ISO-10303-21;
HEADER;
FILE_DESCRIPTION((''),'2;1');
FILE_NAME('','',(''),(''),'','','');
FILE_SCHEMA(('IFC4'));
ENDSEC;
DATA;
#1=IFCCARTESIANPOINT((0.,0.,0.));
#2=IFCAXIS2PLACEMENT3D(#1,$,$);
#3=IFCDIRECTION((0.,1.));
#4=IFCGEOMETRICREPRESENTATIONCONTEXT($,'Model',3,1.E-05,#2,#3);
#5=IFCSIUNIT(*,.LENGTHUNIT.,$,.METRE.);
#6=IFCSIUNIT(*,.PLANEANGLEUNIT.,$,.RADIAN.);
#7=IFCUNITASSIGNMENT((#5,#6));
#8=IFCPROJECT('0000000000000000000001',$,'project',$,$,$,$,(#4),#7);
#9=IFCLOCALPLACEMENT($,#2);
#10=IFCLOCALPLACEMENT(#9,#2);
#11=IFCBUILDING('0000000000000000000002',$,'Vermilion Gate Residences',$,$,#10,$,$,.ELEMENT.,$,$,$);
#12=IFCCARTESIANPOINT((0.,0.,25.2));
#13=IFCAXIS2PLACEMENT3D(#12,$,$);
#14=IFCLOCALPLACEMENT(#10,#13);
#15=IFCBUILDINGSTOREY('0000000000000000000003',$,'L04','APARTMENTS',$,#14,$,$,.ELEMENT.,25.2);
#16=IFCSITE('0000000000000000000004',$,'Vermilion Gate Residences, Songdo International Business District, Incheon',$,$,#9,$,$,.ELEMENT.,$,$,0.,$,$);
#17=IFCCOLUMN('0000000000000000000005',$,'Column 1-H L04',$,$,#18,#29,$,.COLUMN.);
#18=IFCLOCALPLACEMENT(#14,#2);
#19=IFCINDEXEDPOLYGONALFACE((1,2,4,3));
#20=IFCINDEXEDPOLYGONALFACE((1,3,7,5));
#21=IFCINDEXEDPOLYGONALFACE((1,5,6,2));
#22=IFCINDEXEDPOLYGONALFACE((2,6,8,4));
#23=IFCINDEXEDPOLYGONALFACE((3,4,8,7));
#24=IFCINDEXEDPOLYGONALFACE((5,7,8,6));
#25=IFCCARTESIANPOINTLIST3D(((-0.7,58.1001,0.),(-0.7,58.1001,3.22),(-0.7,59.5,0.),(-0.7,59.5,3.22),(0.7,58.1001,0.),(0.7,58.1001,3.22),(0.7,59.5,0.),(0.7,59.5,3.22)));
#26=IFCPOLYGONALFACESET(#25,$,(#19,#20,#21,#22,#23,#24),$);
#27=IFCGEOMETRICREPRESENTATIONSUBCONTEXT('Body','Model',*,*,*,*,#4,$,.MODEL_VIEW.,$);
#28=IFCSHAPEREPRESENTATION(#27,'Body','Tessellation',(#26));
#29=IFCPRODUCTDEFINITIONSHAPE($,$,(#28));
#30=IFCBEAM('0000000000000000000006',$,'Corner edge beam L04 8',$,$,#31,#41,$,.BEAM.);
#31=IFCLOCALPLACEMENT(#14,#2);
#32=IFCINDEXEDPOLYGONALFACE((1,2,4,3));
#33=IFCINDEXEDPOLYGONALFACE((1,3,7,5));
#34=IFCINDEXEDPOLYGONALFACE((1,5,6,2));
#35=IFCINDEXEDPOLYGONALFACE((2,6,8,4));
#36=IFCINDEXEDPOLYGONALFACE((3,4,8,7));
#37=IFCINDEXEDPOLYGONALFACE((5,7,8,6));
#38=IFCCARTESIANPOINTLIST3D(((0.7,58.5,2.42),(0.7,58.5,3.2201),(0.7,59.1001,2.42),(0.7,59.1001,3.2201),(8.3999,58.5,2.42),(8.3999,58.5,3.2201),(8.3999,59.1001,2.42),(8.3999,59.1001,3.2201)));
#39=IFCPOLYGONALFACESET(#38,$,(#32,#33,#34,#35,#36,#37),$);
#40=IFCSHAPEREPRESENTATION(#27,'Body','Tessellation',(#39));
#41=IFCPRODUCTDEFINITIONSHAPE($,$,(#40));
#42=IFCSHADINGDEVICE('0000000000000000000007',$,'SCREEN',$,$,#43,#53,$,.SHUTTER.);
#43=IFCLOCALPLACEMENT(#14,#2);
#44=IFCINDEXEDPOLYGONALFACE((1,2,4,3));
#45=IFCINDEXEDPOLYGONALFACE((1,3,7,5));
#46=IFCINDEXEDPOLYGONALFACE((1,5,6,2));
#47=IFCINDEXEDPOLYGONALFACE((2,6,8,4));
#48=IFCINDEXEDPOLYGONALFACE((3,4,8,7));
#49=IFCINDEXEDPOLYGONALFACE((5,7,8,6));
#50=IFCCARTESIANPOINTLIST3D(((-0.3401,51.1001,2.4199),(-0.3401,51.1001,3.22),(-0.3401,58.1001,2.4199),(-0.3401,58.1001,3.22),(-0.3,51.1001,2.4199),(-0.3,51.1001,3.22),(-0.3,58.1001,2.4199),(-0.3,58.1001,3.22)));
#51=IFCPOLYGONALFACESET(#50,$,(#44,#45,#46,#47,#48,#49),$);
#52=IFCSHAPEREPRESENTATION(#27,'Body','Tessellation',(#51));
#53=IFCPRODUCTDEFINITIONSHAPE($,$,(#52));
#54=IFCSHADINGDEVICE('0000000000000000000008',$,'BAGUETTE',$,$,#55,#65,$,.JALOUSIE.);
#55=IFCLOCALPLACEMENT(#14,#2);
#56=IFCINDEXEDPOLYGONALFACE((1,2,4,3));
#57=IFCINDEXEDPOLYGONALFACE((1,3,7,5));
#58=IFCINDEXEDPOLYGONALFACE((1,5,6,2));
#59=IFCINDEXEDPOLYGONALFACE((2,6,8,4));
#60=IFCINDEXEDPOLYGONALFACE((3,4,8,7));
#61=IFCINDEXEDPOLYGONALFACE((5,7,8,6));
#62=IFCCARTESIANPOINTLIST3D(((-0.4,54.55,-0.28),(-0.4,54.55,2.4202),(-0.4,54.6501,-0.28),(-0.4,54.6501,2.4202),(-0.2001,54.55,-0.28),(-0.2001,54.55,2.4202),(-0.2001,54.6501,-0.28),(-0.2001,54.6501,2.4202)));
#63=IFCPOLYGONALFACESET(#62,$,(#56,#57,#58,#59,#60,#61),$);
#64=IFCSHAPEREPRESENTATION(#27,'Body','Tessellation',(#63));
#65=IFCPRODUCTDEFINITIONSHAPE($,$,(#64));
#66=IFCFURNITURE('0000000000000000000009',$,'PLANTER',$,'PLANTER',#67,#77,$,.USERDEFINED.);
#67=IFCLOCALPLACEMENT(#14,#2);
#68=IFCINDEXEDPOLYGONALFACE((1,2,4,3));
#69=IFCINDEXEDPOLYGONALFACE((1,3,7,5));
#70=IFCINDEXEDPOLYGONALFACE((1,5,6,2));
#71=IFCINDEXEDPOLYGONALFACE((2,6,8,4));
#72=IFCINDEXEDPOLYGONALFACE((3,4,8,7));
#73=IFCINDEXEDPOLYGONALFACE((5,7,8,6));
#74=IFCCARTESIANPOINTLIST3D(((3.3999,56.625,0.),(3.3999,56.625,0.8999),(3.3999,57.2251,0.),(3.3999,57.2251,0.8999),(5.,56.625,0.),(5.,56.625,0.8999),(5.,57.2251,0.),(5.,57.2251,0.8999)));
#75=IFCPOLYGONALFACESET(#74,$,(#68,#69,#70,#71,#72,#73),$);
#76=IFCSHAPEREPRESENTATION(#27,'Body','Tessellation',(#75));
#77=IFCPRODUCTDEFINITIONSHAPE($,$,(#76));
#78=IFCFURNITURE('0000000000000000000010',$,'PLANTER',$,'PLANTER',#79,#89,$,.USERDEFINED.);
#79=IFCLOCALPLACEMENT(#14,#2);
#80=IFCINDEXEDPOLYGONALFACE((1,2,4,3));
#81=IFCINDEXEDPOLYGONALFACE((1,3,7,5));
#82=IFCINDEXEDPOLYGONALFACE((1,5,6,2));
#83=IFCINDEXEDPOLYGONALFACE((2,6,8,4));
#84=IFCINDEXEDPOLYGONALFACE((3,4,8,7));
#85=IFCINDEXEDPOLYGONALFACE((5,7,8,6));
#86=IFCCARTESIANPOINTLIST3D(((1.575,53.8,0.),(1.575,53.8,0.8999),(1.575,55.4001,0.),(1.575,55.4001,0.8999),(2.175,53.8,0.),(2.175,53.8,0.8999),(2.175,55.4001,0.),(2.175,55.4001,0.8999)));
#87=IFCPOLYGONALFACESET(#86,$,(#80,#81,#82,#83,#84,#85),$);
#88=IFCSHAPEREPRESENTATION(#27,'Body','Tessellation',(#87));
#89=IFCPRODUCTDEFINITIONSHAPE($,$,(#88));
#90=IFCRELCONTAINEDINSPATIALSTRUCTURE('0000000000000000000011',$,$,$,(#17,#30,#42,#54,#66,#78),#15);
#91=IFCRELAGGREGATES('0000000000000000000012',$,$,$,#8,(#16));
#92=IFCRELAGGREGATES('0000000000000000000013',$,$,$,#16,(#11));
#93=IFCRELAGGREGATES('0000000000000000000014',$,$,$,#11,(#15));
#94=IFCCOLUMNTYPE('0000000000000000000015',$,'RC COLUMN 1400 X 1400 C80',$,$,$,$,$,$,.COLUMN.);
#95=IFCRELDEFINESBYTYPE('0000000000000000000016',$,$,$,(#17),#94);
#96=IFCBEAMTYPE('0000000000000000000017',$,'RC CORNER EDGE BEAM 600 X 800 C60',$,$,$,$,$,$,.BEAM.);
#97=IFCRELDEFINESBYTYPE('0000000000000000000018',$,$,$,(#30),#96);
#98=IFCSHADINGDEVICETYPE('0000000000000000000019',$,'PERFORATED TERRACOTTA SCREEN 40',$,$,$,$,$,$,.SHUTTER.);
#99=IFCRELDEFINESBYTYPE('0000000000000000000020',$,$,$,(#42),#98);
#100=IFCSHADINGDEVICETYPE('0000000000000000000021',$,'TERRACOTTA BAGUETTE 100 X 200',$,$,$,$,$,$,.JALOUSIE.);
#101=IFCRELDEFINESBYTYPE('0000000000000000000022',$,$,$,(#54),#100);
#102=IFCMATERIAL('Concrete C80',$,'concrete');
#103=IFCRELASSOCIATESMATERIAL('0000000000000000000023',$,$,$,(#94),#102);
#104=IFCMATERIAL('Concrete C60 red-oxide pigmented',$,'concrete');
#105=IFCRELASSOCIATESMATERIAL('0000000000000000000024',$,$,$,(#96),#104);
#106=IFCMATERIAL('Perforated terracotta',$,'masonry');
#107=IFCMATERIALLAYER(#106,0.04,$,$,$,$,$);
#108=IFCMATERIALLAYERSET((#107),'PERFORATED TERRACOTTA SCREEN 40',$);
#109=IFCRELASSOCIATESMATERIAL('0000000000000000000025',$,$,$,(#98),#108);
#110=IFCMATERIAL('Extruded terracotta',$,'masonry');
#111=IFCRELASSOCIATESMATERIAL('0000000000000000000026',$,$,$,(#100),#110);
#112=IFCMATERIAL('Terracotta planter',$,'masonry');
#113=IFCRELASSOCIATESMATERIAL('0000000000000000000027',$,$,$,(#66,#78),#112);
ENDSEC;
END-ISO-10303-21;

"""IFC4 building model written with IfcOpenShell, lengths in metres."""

from ifc_helpers import new_model, si_unit, direction, frame, origin, origin_2d, place, context, subcontext, project, spatial, rectangle, extrude, material, layer, layer_set, material_profile, profile_set, type_object, element, save


model = new_model("IFC4")

# Units and contexts
model_context = context("Model", 3, precision=1e-05, world=origin(), true_north=direction((0.0, 1.0)))
body_context = subcontext(model_context, "Body", "Model", "MODEL_VIEW")
ifc_project = project(units=[si_unit("LENGTHUNIT", "METRE"), si_unit("PLANEANGLEUNIT", "RADIAN")], contexts=[model_context])

# Site, building, storey
site_placement = place(None, origin())
site = spatial("IfcSite", under=ifc_project, at=site_placement, Name="Vermilion Gate Residences, Songdo International Business District, Incheon", CompositionType="ELEMENT", RefElevation=0.0)
building_placement = place(site_placement, origin())
building = spatial("IfcBuilding", under=site, at=building_placement, Name="Vermilion Gate Residences", CompositionType="ELEMENT")
storey_placement = place(building_placement, frame((0.0, 0.0, 25.2)))
storey = spatial("IfcBuildingStorey", under=building, at=storey_placement, Name="L04", Description="APARTMENTS", CompositionType="ELEMENT", Elevation=25.2)

# Column
ifc_material_1 = material(Name="Concrete C80", Category="concrete")
ifc_material_profile_1 = material_profile(ifc_material_1, rectangle(XDim=1.3999, YDim=1.3999, at=origin_2d()), Name="RC-1400x1400")
ifc_profile_set_1 = profile_set([ifc_material_profile_1], Name="Concrete C80")
column_type = type_object("IfcColumnType", Name="RC COLUMN 1400 X 1400 C80", PredefinedType="COLUMN", material=ifc_profile_set_1)
column_placement = place(storey_placement, frame((0.0, 58.8, 0.0), z_axis=(0.0, 0.0, 1.0), x_axis=(1.0, 0.0, 0.0)))
element("IfcColumn", 1, at=column_placement, inside=storey, type_object=column_type, Name="Column 1-H L04", PredefinedType="COLUMN", context=body_context, shape_type="SweptSolid", body=[
    extrude(rectangle(XDim=1.3999, YDim=1.3999, at=origin_2d()), origin(), (0.0, 0.0, 1.0), 3.22),
])

# Beam
ifc_material_2 = material(Name="Concrete C60 red-oxide pigmented", Category="concrete")
ifc_material_profile_2 = material_profile(ifc_material_2, rectangle(XDim=0.6001, YDim=0.8, at=origin_2d()), Name="RC-600x800")
ifc_profile_set_2 = profile_set([ifc_material_profile_2], Name="Concrete C60 red-oxide pigmented")
beam_type = type_object("IfcBeamType", Name="RC CORNER EDGE BEAM 600 X 800 C60", PredefinedType="BEAM", material=ifc_profile_set_2)
beam_placement = place(storey_placement, frame((0.7, 58.8, 2.8201), z_axis=(1.0, 0.0, 0.0), x_axis=(0.0, 1.0, 0.0)))
element("IfcBeam", 2, at=beam_placement, inside=storey, type_object=beam_type, Name="Corner edge beam L04 8", PredefinedType="BEAM", context=body_context, shape_type="SweptSolid", body=[
    extrude(rectangle(XDim=0.6001, YDim=0.8, at=origin_2d()), origin(), (0.0, 0.0, 1.0), 7.7),
])

# Shading devices
ifc_material_3 = material(Name="Perforated terracotta", Category="masonry")
ifc_layer_1 = layer(ifc_material_3, 0.04)
ifc_layer_set_1 = layer_set([ifc_layer_1], Name="PERFORATED TERRACOTTA SCREEN 40")
shading_device_type_1 = type_object("IfcShadingDeviceType", Name="PERFORATED TERRACOTTA SCREEN 40", PredefinedType="SHUTTER", material=ifc_layer_set_1)
shading_device_1_placement = place(storey_placement, frame((-0.3201, 54.6001, 2.4199), z_axis=(0.0, 0.0, 1.0), x_axis=(0.0, -1.0, 0.0)))
element("IfcShadingDevice", 3, at=shading_device_1_placement, inside=storey, type_object=shading_device_type_1, Name="SCREEN", PredefinedType="SHUTTER", context=body_context, shape_type="SweptSolid", body=[
    extrude(rectangle(XDim=7.0, YDim=0.04, at=origin_2d()), origin(), (0.0, 0.0, 1.0), 0.8),
])
ifc_material_4 = material(Name="Extruded terracotta", Category="masonry")
ifc_material_profile_3 = material_profile(ifc_material_4, rectangle(XDim=0.2, YDim=0.1001, at=origin_2d()), Name="BAGUETTE 100 X 200")
ifc_profile_set_3 = profile_set([ifc_material_profile_3], Name="Extruded terracotta")
shading_device_type_2 = type_object("IfcShadingDeviceType", Name="TERRACOTTA BAGUETTE 100 X 200", PredefinedType="JALOUSIE", material=ifc_profile_set_3)
shading_device_2_placement = place(storey_placement, frame((-0.3, 54.6001, -0.28), z_axis=(0.0, 0.0, 1.0), x_axis=(1.0, 0.0, 0.0)))
element("IfcShadingDevice", 4, at=shading_device_2_placement, inside=storey, type_object=shading_device_type_2, Name="BAGUETTE", PredefinedType="JALOUSIE", context=body_context, shape_type="SweptSolid", body=[
    extrude(rectangle(XDim=0.2, YDim=0.1001, at=origin_2d()), origin(), (0.0, 0.0, 1.0), 2.7002),
])

# Furniture
ifc_material_5 = material(Name="Terracotta planter", Category="masonry")
for number, where, z_axis, x_axis, name in (
    (5, (4.2, 56.925, 0.0), (0.0, 0.0, 1.0), (-1.0, 0.0, 0.0), "PLANTER"),
    (6, (1.875, 54.6001, 0.0), (0.0, 0.0, 1.0), (0.0, -1.0, 0.0), "PLANTER"),
):
    element("IfcFurniture", number, at=place(storey_placement, frame(where, z_axis=z_axis, x_axis=x_axis)), inside=storey, material=ifc_material_5, Name=name, ObjectType="PLANTER", PredefinedType="USERDEFINED", context=body_context, shape_type="SweptSolid", body=[
        extrude(rectangle(XDim=1.6001, YDim=0.6001, at=origin_2d()), origin(), (0.0, 0.0, 1.0), 0.8999),
    ])

save(model, "model.ifc")
